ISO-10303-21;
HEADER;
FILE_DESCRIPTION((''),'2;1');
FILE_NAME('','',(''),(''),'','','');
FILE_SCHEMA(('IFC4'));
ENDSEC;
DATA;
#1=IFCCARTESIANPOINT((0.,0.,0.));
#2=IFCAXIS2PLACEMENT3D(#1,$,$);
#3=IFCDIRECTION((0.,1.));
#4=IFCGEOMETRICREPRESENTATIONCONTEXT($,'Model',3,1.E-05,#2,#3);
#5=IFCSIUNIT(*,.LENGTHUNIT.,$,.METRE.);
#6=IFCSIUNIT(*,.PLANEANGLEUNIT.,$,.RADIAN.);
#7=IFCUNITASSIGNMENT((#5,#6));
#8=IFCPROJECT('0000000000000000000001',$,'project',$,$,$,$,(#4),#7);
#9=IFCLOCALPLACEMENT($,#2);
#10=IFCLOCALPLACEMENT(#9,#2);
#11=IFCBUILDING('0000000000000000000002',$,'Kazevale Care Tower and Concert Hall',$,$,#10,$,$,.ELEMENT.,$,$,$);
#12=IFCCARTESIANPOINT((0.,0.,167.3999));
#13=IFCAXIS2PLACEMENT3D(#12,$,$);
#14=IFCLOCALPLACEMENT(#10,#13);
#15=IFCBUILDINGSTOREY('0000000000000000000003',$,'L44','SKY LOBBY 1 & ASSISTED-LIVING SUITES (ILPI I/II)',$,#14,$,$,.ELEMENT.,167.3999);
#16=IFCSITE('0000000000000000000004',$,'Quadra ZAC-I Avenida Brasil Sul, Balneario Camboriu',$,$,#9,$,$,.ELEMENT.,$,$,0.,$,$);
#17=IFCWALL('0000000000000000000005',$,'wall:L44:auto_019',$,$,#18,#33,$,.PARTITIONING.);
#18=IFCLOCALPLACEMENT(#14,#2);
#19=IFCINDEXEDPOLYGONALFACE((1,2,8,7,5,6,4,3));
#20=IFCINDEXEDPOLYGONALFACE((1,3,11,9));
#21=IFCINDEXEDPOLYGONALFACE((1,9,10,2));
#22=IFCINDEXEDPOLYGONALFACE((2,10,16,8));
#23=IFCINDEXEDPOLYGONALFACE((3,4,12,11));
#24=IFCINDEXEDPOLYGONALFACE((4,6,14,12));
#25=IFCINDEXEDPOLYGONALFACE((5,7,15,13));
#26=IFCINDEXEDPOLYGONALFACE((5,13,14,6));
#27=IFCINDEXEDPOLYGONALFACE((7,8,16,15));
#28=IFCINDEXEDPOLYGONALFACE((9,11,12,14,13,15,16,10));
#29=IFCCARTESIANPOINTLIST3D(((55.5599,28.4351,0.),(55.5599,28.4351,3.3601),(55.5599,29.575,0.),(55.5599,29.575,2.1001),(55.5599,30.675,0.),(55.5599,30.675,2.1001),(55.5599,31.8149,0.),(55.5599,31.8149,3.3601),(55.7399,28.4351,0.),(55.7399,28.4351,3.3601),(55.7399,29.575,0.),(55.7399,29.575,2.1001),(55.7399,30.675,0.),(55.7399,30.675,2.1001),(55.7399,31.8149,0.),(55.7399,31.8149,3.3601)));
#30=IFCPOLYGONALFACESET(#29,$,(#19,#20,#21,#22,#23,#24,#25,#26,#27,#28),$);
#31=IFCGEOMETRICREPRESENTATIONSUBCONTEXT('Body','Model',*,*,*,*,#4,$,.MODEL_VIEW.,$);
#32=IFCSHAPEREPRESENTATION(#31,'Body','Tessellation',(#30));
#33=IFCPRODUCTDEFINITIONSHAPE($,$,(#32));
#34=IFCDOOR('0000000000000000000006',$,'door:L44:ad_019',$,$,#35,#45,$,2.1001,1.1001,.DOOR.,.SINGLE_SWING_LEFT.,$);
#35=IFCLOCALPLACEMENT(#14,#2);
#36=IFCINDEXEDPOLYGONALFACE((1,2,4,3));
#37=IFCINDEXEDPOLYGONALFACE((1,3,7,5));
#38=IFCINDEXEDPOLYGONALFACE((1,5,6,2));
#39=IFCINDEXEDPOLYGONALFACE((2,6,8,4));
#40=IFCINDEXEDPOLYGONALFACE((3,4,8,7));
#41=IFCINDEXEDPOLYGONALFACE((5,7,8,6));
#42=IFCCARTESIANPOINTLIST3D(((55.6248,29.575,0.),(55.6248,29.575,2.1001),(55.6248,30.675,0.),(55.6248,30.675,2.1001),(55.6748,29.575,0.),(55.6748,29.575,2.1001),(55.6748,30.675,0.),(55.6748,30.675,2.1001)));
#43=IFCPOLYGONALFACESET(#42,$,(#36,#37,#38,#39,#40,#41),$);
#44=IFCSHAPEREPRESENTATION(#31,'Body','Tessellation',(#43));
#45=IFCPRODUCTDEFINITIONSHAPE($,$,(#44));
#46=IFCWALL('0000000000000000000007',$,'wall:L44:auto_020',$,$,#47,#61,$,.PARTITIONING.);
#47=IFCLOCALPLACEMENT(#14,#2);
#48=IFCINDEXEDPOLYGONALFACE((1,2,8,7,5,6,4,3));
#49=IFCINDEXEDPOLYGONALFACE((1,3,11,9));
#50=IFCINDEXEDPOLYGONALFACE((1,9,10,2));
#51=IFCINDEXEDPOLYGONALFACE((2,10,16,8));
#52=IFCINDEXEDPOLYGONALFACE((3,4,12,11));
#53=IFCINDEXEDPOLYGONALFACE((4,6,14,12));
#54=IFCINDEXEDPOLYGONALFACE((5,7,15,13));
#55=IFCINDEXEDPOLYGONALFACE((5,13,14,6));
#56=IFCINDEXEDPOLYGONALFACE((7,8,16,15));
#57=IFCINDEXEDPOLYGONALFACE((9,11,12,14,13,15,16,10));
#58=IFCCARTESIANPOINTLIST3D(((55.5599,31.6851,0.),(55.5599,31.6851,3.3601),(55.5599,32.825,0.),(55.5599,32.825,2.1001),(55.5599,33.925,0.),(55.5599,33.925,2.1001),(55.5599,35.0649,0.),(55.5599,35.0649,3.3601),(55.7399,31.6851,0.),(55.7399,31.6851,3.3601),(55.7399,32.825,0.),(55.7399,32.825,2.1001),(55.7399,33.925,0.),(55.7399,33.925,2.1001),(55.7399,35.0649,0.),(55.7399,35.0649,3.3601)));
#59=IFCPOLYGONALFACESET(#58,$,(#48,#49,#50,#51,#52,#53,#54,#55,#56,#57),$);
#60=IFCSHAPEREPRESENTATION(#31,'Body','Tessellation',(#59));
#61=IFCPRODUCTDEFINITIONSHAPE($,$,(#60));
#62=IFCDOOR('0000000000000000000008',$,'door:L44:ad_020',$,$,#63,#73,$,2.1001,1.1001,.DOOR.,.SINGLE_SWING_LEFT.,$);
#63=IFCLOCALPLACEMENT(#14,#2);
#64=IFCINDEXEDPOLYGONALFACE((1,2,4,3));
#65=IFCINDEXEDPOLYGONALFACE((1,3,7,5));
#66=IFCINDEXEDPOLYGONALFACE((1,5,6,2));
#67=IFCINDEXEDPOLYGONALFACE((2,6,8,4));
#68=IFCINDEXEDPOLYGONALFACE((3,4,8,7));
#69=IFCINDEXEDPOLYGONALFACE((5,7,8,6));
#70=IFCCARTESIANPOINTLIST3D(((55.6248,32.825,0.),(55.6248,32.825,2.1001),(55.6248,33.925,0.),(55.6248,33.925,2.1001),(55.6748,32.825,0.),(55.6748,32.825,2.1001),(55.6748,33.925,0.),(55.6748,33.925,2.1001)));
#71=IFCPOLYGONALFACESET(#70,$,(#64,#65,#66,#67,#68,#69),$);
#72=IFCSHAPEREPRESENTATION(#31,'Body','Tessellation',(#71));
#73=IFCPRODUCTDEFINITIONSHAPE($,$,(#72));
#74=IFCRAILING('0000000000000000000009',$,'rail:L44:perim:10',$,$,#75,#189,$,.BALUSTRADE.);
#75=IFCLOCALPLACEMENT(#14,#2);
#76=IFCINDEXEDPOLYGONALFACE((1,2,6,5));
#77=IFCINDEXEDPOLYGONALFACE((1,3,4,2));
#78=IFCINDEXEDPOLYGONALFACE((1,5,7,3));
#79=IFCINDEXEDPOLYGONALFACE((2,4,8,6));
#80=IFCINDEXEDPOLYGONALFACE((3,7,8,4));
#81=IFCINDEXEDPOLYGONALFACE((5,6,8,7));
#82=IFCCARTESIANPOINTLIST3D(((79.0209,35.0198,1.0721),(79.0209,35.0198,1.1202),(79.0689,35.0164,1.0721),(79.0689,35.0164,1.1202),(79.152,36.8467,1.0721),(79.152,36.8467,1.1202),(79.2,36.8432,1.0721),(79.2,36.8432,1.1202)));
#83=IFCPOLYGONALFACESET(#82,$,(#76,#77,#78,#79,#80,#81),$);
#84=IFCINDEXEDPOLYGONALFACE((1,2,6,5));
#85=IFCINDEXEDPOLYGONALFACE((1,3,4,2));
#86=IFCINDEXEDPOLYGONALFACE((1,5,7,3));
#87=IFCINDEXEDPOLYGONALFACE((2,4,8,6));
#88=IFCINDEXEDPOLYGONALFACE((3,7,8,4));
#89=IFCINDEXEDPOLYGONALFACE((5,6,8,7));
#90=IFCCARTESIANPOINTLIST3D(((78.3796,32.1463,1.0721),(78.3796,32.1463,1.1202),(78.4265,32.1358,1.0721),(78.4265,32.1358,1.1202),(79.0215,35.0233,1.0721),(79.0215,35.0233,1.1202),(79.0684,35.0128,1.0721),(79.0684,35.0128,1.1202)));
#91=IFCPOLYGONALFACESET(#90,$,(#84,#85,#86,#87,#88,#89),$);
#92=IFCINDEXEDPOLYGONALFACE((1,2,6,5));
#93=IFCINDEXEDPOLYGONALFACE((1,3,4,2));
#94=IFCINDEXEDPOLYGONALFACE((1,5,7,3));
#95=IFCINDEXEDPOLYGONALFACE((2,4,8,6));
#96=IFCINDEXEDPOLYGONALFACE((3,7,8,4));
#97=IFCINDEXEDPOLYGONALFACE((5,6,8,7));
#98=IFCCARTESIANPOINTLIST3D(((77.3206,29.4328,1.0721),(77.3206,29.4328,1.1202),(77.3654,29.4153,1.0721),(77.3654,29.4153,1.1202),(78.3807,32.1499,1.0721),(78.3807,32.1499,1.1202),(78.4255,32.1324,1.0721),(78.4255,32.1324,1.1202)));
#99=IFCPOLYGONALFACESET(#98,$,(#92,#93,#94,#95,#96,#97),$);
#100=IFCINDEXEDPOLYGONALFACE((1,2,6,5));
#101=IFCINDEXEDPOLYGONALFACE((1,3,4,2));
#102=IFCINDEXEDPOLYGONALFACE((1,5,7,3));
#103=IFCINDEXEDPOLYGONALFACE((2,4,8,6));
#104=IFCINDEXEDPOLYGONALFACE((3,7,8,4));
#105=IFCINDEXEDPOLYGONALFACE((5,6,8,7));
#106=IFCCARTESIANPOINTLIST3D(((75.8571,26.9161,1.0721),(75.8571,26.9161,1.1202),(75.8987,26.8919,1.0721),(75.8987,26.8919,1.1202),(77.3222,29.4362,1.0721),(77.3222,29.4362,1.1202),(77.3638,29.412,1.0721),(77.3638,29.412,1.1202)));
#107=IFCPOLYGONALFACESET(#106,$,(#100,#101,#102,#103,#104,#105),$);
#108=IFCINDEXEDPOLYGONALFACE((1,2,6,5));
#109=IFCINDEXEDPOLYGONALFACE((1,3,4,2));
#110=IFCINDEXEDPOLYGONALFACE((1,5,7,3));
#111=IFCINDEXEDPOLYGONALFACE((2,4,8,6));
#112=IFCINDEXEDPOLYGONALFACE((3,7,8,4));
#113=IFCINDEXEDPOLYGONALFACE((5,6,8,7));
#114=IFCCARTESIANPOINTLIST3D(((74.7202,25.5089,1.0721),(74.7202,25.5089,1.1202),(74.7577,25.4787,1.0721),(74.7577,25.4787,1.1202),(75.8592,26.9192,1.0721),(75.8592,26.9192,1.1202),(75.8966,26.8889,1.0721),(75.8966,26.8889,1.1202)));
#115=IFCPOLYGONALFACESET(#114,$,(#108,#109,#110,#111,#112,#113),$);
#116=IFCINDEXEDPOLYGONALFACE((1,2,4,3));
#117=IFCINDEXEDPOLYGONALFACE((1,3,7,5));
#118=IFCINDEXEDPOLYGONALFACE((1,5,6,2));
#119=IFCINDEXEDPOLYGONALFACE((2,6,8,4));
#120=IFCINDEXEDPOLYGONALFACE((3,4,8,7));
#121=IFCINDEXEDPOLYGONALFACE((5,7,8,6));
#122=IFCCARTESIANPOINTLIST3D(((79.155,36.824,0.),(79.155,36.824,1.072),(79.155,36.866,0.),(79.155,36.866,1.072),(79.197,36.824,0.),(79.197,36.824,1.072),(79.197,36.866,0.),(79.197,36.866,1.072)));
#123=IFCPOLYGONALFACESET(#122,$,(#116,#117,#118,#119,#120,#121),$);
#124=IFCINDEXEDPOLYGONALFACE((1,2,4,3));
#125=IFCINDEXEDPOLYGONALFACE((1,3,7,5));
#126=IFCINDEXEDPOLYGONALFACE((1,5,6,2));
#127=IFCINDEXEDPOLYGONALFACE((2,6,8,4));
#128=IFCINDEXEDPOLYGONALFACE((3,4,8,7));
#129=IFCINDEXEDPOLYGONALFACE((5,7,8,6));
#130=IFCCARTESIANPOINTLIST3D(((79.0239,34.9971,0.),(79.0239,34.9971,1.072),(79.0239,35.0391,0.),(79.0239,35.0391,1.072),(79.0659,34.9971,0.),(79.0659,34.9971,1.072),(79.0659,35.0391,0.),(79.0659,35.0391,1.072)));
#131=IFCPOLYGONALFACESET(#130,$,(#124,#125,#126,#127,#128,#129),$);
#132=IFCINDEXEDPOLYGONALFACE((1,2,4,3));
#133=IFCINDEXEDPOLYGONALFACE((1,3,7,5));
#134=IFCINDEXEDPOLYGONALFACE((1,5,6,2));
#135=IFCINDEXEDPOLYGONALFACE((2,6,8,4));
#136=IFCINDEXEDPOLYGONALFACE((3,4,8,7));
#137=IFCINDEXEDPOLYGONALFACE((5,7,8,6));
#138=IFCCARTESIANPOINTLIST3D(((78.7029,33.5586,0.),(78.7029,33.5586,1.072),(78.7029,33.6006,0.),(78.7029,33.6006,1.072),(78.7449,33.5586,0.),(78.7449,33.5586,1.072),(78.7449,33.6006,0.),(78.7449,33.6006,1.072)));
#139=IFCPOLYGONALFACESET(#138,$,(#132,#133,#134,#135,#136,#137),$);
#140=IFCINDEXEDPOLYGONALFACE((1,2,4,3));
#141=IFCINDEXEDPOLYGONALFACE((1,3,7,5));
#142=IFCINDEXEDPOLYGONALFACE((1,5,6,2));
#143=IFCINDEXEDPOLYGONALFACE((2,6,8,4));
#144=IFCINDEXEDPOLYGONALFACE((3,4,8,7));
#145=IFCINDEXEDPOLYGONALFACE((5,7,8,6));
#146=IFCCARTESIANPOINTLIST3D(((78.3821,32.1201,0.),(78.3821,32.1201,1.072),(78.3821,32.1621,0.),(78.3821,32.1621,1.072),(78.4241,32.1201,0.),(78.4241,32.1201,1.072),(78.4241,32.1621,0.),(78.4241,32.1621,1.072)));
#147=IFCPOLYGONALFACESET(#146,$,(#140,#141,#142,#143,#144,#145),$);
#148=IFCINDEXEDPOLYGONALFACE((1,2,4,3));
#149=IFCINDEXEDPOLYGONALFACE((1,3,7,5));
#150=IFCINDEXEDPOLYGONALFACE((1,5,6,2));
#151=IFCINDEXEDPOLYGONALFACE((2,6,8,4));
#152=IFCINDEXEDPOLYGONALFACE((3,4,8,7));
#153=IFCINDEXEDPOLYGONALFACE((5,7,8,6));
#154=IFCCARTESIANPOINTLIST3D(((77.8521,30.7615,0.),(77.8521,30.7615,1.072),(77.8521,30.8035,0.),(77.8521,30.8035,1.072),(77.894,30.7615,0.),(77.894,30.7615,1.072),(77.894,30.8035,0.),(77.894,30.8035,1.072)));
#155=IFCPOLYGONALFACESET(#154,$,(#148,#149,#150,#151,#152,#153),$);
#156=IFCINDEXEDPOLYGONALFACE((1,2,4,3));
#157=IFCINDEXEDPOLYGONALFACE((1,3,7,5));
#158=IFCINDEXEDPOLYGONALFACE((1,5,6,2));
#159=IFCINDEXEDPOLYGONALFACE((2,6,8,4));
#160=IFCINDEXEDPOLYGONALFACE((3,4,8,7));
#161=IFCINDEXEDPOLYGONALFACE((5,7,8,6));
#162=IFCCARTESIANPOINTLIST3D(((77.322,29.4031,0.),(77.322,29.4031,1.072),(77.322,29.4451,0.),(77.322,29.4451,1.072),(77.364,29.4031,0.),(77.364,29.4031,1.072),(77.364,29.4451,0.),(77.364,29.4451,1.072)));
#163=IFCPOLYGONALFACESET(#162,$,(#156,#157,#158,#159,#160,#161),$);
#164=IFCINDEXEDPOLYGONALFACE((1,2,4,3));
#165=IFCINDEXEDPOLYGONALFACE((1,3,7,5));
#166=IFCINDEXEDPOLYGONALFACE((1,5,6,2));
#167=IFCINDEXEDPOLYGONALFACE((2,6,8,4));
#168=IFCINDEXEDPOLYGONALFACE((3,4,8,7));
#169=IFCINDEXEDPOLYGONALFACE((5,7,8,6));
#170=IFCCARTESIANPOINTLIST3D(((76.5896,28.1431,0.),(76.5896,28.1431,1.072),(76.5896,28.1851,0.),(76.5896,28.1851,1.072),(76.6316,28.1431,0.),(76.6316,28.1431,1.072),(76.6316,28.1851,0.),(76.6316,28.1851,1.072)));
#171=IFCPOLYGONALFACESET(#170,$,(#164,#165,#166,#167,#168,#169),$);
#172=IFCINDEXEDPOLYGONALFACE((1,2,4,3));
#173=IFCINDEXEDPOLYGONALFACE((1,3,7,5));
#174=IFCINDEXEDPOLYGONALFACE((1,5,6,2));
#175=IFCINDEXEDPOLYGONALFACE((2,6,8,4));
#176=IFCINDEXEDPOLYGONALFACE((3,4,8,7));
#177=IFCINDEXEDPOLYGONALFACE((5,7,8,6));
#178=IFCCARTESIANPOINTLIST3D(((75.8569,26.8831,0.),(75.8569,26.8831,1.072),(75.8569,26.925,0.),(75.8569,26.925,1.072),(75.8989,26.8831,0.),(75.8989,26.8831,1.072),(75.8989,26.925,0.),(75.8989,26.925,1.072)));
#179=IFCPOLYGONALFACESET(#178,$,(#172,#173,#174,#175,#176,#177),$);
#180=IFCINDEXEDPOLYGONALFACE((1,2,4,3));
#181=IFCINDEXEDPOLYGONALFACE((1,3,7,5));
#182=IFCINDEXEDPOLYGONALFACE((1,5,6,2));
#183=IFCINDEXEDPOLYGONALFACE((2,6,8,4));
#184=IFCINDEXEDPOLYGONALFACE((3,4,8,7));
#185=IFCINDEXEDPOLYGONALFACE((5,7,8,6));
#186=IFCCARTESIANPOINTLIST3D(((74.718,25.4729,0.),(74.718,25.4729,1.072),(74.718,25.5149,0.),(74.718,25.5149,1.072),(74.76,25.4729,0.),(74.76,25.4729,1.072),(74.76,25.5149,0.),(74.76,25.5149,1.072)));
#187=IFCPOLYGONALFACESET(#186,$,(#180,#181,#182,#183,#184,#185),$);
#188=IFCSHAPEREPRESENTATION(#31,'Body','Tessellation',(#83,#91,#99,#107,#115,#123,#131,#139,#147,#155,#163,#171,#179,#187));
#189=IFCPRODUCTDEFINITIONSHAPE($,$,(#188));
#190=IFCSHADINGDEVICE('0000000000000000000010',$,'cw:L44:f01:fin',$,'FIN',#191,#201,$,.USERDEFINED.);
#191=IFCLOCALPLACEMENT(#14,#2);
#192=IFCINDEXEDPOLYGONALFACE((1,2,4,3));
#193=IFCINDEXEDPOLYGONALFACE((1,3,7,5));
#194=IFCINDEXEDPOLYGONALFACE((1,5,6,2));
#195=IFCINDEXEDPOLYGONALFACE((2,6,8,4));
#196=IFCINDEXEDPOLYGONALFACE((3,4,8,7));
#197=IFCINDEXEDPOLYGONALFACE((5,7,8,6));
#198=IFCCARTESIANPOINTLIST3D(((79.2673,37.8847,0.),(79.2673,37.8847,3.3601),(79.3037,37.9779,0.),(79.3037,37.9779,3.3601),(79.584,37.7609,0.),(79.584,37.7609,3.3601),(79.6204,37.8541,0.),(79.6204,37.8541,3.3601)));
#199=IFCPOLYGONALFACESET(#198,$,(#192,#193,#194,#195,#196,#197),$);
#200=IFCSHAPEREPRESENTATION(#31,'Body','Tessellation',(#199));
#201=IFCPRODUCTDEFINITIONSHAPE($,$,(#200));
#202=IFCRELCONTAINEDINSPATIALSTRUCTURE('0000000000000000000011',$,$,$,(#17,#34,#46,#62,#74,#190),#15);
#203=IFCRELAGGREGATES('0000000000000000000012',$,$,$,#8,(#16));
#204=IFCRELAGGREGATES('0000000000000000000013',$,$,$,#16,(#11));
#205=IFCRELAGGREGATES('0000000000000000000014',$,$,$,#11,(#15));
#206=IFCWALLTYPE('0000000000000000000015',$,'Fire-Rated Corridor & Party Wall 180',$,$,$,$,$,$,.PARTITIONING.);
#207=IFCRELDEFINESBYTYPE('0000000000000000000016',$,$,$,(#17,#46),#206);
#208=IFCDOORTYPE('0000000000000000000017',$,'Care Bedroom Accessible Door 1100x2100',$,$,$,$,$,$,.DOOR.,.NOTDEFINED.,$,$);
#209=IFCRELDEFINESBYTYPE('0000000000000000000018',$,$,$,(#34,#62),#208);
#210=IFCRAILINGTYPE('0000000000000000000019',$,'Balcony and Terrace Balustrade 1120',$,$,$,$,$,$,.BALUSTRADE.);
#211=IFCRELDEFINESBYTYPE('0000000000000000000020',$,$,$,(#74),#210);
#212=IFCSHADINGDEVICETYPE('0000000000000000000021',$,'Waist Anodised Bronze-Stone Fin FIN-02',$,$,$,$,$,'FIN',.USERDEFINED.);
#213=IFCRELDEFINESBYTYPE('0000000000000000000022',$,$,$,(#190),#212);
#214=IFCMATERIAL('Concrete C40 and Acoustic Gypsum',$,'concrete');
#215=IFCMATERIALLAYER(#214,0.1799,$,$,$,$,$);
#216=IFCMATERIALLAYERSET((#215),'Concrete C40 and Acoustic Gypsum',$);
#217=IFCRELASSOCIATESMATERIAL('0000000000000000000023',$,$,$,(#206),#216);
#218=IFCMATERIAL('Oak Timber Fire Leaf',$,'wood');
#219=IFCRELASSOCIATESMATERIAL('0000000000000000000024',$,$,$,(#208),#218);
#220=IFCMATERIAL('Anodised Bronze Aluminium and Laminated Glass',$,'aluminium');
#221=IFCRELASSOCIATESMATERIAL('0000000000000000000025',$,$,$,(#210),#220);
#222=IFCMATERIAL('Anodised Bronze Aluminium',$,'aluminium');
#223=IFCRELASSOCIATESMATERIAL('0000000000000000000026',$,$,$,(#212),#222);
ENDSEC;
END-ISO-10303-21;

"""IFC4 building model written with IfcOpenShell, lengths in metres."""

from ifc_helpers import new_model, si_unit, direction, frame, frame_2d, origin, origin_2d, place, context, subcontext, project, spatial, rectangle, extrude, material, layer, layer_set, type_object, element, fill, save


model = new_model("IFC4")

# Units and contexts
model_context = context("Model", 3, precision=1e-05, world=origin(), true_north=direction((0.0, 1.0)))
body_context = subcontext(model_context, "Body", "Model", "MODEL_VIEW")
ifc_project = project(units=[si_unit("LENGTHUNIT", "METRE"), si_unit("PLANEANGLEUNIT", "RADIAN")], contexts=[model_context])

# Site, building, storey
site_placement = place(None, origin())
site = spatial("IfcSite", under=ifc_project, at=site_placement, Name="Quadra ZAC-I Avenida Brasil Sul, Balneario Camboriu", CompositionType="ELEMENT", RefElevation=0.0)
building_placement = place(site_placement, origin())
building = spatial("IfcBuilding", under=site, at=building_placement, Name="Kazevale Care Tower and Concert Hall", CompositionType="ELEMENT")
storey_placement = place(building_placement, frame((0.0, 0.0, 167.3999)))
storey = spatial("IfcBuildingStorey", under=building, at=storey_placement, Name="L44", Description="SKY LOBBY 1 & ASSISTED-LIVING SUITES (ILPI I/II)", CompositionType="ELEMENT", Elevation=167.3999)

# Walls, openings, doors
ifc_material_1 = material(Name="Concrete C40 and Acoustic Gypsum", Category="concrete")
ifc_layer_1 = layer(ifc_material_1, 0.1799)
ifc_layer_set_1 = layer_set([ifc_layer_1], Name="Concrete C40 and Acoustic Gypsum")
wall_type = type_object("IfcWallType", Name="Fire-Rated Corridor & Party Wall 180", PredefinedType="PARTITIONING", material=ifc_layer_set_1)
ifc_material_2 = material(Name="Oak Timber Fire Leaf", Category="wood")
door_type = type_object("IfcDoorType", Name="Care Bedroom Accessible Door 1100x2100", OperationType="NOTDEFINED", PredefinedType="DOOR", material=ifc_material_2)
wall_1_placement = place(storey_placement, frame((55.6499, 31.8149, 0.0), z_axis=(0.0, 0.0, 1.0), x_axis=(0.0, -1.0, 0.0)))
wall_1 = element("IfcWall", 1, at=wall_1_placement, inside=storey, type_object=wall_type, Name="wall:L44:auto_019", PredefinedType="PARTITIONING", context=body_context, shape_type="SweptSolid", body=[
    extrude(rectangle(XDim=3.3799, YDim=0.1799, at=frame_2d((1.6899, 0.0))), origin(), (0.0, 0.0, 1.0), 3.3601),
])
opening_1_placement = place(wall_1_placement, frame((1.1399, 0.0, 0.0)))
opening_1 = element("IfcOpeningElement", 2, at=opening_1_placement, cuts=wall_1, PredefinedType="OPENING", context=body_context, shape_type="SweptSolid", body=[
    extrude(rectangle(XDim=1.1001, YDim=2.1001, at=frame_2d((0.55, 1.05))), frame((0.0, 0.0999, 0.0), z_axis=(0.0, -1.0, 0.0), x_axis=(1.0, 0.0, 0.0)), (0.0, 0.0, 1.0), 0.2),
])
door_1_placement = place(opening_1_placement, origin())
door_1 = element("IfcDoor", 3, at=door_1_placement, inside=storey, type_object=door_type, Name="door:L44:ad_019", OperationType="SINGLE_SWING_LEFT", OverallHeight=2.1001, OverallWidth=1.1001, PredefinedType="DOOR", context=body_context, shape_type="SweptSolid", body=[
    extrude(rectangle(XDim=1.1001, YDim=2.1001, at=frame_2d((0.55, 1.05))), frame((0.0, 0.0249, 0.0), z_axis=(0.0, -1.0, 0.0), x_axis=(1.0, 0.0, 0.0)), (0.0, 0.0, 1.0), 0.05),
])
fill(opening_1, door_1)
wall_2_placement = place(storey_placement, frame((55.6499, 35.0649, 0.0), z_axis=(0.0, 0.0, 1.0), x_axis=(0.0, -1.0, 0.0)))
wall_2 = element("IfcWall", 4, at=wall_2_placement, inside=storey, type_object=wall_type, Name="wall:L44:auto_020", PredefinedType="PARTITIONING", context=body_context, shape_type="SweptSolid", body=[
    extrude(rectangle(XDim=3.3799, YDim=0.1799, at=frame_2d((1.6899, 0.0))), origin(), (0.0, 0.0, 1.0), 3.3601),
])
opening_2_placement = place(wall_2_placement, frame((1.1399, 0.0, 0.0)))
opening_2 = element("IfcOpeningElement", 5, at=opening_2_placement, cuts=wall_2, PredefinedType="OPENING", context=body_context, shape_type="SweptSolid", body=[
    extrude(rectangle(XDim=1.1001, YDim=2.1001, at=frame_2d((0.55, 1.05))), frame((0.0, 0.0999, 0.0), z_axis=(0.0, -1.0, 0.0), x_axis=(1.0, 0.0, 0.0)), (0.0, 0.0, 1.0), 0.2),
])
door_2_placement = place(opening_2_placement, origin())
door_2 = element("IfcDoor", 6, at=door_2_placement, inside=storey, type_object=door_type, Name="door:L44:ad_020", OperationType="SINGLE_SWING_LEFT", OverallHeight=2.1001, OverallWidth=1.1001, PredefinedType="DOOR", context=body_context, shape_type="SweptSolid", body=[
    extrude(rectangle(XDim=1.1001, YDim=2.1001, at=frame_2d((0.55, 1.05))), frame((0.0, 0.0249, 0.0), z_axis=(0.0, -1.0, 0.0), x_axis=(1.0, 0.0, 0.0)), (0.0, 0.0, 1.0), 0.05),
])
fill(opening_2, door_2)

# Railing
ifc_material_3 = material(Name="Anodised Bronze Aluminium and Laminated Glass", Category="aluminium")
railing_type = type_object("IfcRailingType", Name="Balcony and Terrace Balustrade 1120", PredefinedType="BALUSTRADE", material=ifc_material_3)
railing_placement = place(storey_placement, frame((79.176, 36.845, 0.0)))
element("IfcRailing", 7, at=railing_placement, inside=storey, type_object=railing_type, Name="rail:L44:perim:10", PredefinedType="BALUSTRADE", context=body_context, shape_type="SweptSolid", body=[
    extrude(rectangle(XDim=0.0481, YDim=0.0481, at=origin_2d()), frame((0.0, 0.0, 1.0962), z_axis=(-0.071579, -0.997435, 0.0), x_axis=(0.997435, -0.071579, 0.0)), (0.0, 0.0, 1.0), 1.8315),
    extrude(rectangle(XDim=0.0481, YDim=0.0481, at=origin_2d()), frame((-0.1311, -1.8269, 1.0962), z_axis=(-0.217746, -0.976005, 0.0), x_axis=(0.976005, -0.217746, 0.0)), (0.0, 0.0, 1.0), 2.9478),
    extrude(rectangle(XDim=0.0481, YDim=0.0481, at=origin_2d()), frame((-0.7729, -4.7039, 1.0962), z_axis=(-0.363468, -0.931607, 0.0), x_axis=(0.931607, -0.363468, 0.0)), (0.0, 0.0, 1.0), 2.9165),
    extrude(rectangle(XDim=0.0481, YDim=0.0481, at=origin_2d()), frame((-1.833, -7.4209, 1.0962), z_axis=(-0.50261, -0.864513, 0.0), x_axis=(0.864513, -0.50261, 0.0)), (0.0, 0.0, 1.0), 2.915),
    extrude(rectangle(XDim=0.0481, YDim=0.0481, at=origin_2d()), frame((-3.2981, -9.9409, 1.0962), z_axis=(-0.628318, -0.777956, 0.0), x_axis=(0.777956, -0.628318, 0.0)), (0.0, 0.0, 1.0), 1.8127),
    extrude(rectangle(XDim=0.042, YDim=0.042, at=origin_2d()), origin(), (0.0, 0.0, 1.0), 1.072),
    extrude(rectangle(XDim=0.042, YDim=0.042, at=origin_2d()), frame((-0.1311, -1.8269, 0.0)), (0.0, 0.0, 1.0), 1.072),
    extrude(rectangle(XDim=0.042, YDim=0.042, at=origin_2d()), frame((-0.4521, -3.2654, 0.0)), (0.0, 0.0, 1.0), 1.072),
    extrude(rectangle(XDim=0.042, YDim=0.042, at=origin_2d()), frame((-0.7729, -4.7039, 0.0)), (0.0, 0.0, 1.0), 1.072),
    extrude(rectangle(XDim=0.042, YDim=0.042, at=origin_2d()), frame((-1.303, -6.0625, 0.0)), (0.0, 0.0, 1.0), 1.072),
    extrude(rectangle(XDim=0.042, YDim=0.042, at=origin_2d()), frame((-1.833, -7.4209, 0.0)), (0.0, 0.0, 1.0), 1.072),
    extrude(rectangle(XDim=0.042, YDim=0.042, at=origin_2d()), frame((-2.5654, -8.6809, 0.0)), (0.0, 0.0, 1.0), 1.072),
    extrude(rectangle(XDim=0.042, YDim=0.042, at=origin_2d()), frame((-3.2981, -9.9409, 0.0)), (0.0, 0.0, 1.0), 1.072),
    extrude(rectangle(XDim=0.042, YDim=0.042, at=origin_2d()), frame((-4.437, -11.3511, 0.0)), (0.0, 0.0, 1.0), 1.072),
])

# Shading device
ifc_material_4 = material(Name="Anodised Bronze Aluminium", Category="aluminium")
shading_device_type = type_object("IfcShadingDeviceType", Name="Waist Anodised Bronze-Stone Fin FIN-02", ElementType="FIN", PredefinedType="USERDEFINED", material=ifc_material_4)
shading_device_placement = place(storey_placement, frame((79.4438, 37.8694, 0.0), z_axis=(0.0, 0.0, 1.0), x_axis=(0.931374, -0.364064, 0.0)))
element("IfcShadingDevice", 8, at=shading_device_placement, inside=storey, type_object=shading_device_type, Name="cw:L44:f01:fin", ObjectType="FIN", PredefinedType="USERDEFINED", context=body_context, shape_type="SweptSolid", body=[
    extrude(rectangle(XDim=0.3401, YDim=0.1001, at=origin_2d()), origin(), (0.0, 0.0, 1.0), 3.3601),
])

save(model, "model.ifc")
